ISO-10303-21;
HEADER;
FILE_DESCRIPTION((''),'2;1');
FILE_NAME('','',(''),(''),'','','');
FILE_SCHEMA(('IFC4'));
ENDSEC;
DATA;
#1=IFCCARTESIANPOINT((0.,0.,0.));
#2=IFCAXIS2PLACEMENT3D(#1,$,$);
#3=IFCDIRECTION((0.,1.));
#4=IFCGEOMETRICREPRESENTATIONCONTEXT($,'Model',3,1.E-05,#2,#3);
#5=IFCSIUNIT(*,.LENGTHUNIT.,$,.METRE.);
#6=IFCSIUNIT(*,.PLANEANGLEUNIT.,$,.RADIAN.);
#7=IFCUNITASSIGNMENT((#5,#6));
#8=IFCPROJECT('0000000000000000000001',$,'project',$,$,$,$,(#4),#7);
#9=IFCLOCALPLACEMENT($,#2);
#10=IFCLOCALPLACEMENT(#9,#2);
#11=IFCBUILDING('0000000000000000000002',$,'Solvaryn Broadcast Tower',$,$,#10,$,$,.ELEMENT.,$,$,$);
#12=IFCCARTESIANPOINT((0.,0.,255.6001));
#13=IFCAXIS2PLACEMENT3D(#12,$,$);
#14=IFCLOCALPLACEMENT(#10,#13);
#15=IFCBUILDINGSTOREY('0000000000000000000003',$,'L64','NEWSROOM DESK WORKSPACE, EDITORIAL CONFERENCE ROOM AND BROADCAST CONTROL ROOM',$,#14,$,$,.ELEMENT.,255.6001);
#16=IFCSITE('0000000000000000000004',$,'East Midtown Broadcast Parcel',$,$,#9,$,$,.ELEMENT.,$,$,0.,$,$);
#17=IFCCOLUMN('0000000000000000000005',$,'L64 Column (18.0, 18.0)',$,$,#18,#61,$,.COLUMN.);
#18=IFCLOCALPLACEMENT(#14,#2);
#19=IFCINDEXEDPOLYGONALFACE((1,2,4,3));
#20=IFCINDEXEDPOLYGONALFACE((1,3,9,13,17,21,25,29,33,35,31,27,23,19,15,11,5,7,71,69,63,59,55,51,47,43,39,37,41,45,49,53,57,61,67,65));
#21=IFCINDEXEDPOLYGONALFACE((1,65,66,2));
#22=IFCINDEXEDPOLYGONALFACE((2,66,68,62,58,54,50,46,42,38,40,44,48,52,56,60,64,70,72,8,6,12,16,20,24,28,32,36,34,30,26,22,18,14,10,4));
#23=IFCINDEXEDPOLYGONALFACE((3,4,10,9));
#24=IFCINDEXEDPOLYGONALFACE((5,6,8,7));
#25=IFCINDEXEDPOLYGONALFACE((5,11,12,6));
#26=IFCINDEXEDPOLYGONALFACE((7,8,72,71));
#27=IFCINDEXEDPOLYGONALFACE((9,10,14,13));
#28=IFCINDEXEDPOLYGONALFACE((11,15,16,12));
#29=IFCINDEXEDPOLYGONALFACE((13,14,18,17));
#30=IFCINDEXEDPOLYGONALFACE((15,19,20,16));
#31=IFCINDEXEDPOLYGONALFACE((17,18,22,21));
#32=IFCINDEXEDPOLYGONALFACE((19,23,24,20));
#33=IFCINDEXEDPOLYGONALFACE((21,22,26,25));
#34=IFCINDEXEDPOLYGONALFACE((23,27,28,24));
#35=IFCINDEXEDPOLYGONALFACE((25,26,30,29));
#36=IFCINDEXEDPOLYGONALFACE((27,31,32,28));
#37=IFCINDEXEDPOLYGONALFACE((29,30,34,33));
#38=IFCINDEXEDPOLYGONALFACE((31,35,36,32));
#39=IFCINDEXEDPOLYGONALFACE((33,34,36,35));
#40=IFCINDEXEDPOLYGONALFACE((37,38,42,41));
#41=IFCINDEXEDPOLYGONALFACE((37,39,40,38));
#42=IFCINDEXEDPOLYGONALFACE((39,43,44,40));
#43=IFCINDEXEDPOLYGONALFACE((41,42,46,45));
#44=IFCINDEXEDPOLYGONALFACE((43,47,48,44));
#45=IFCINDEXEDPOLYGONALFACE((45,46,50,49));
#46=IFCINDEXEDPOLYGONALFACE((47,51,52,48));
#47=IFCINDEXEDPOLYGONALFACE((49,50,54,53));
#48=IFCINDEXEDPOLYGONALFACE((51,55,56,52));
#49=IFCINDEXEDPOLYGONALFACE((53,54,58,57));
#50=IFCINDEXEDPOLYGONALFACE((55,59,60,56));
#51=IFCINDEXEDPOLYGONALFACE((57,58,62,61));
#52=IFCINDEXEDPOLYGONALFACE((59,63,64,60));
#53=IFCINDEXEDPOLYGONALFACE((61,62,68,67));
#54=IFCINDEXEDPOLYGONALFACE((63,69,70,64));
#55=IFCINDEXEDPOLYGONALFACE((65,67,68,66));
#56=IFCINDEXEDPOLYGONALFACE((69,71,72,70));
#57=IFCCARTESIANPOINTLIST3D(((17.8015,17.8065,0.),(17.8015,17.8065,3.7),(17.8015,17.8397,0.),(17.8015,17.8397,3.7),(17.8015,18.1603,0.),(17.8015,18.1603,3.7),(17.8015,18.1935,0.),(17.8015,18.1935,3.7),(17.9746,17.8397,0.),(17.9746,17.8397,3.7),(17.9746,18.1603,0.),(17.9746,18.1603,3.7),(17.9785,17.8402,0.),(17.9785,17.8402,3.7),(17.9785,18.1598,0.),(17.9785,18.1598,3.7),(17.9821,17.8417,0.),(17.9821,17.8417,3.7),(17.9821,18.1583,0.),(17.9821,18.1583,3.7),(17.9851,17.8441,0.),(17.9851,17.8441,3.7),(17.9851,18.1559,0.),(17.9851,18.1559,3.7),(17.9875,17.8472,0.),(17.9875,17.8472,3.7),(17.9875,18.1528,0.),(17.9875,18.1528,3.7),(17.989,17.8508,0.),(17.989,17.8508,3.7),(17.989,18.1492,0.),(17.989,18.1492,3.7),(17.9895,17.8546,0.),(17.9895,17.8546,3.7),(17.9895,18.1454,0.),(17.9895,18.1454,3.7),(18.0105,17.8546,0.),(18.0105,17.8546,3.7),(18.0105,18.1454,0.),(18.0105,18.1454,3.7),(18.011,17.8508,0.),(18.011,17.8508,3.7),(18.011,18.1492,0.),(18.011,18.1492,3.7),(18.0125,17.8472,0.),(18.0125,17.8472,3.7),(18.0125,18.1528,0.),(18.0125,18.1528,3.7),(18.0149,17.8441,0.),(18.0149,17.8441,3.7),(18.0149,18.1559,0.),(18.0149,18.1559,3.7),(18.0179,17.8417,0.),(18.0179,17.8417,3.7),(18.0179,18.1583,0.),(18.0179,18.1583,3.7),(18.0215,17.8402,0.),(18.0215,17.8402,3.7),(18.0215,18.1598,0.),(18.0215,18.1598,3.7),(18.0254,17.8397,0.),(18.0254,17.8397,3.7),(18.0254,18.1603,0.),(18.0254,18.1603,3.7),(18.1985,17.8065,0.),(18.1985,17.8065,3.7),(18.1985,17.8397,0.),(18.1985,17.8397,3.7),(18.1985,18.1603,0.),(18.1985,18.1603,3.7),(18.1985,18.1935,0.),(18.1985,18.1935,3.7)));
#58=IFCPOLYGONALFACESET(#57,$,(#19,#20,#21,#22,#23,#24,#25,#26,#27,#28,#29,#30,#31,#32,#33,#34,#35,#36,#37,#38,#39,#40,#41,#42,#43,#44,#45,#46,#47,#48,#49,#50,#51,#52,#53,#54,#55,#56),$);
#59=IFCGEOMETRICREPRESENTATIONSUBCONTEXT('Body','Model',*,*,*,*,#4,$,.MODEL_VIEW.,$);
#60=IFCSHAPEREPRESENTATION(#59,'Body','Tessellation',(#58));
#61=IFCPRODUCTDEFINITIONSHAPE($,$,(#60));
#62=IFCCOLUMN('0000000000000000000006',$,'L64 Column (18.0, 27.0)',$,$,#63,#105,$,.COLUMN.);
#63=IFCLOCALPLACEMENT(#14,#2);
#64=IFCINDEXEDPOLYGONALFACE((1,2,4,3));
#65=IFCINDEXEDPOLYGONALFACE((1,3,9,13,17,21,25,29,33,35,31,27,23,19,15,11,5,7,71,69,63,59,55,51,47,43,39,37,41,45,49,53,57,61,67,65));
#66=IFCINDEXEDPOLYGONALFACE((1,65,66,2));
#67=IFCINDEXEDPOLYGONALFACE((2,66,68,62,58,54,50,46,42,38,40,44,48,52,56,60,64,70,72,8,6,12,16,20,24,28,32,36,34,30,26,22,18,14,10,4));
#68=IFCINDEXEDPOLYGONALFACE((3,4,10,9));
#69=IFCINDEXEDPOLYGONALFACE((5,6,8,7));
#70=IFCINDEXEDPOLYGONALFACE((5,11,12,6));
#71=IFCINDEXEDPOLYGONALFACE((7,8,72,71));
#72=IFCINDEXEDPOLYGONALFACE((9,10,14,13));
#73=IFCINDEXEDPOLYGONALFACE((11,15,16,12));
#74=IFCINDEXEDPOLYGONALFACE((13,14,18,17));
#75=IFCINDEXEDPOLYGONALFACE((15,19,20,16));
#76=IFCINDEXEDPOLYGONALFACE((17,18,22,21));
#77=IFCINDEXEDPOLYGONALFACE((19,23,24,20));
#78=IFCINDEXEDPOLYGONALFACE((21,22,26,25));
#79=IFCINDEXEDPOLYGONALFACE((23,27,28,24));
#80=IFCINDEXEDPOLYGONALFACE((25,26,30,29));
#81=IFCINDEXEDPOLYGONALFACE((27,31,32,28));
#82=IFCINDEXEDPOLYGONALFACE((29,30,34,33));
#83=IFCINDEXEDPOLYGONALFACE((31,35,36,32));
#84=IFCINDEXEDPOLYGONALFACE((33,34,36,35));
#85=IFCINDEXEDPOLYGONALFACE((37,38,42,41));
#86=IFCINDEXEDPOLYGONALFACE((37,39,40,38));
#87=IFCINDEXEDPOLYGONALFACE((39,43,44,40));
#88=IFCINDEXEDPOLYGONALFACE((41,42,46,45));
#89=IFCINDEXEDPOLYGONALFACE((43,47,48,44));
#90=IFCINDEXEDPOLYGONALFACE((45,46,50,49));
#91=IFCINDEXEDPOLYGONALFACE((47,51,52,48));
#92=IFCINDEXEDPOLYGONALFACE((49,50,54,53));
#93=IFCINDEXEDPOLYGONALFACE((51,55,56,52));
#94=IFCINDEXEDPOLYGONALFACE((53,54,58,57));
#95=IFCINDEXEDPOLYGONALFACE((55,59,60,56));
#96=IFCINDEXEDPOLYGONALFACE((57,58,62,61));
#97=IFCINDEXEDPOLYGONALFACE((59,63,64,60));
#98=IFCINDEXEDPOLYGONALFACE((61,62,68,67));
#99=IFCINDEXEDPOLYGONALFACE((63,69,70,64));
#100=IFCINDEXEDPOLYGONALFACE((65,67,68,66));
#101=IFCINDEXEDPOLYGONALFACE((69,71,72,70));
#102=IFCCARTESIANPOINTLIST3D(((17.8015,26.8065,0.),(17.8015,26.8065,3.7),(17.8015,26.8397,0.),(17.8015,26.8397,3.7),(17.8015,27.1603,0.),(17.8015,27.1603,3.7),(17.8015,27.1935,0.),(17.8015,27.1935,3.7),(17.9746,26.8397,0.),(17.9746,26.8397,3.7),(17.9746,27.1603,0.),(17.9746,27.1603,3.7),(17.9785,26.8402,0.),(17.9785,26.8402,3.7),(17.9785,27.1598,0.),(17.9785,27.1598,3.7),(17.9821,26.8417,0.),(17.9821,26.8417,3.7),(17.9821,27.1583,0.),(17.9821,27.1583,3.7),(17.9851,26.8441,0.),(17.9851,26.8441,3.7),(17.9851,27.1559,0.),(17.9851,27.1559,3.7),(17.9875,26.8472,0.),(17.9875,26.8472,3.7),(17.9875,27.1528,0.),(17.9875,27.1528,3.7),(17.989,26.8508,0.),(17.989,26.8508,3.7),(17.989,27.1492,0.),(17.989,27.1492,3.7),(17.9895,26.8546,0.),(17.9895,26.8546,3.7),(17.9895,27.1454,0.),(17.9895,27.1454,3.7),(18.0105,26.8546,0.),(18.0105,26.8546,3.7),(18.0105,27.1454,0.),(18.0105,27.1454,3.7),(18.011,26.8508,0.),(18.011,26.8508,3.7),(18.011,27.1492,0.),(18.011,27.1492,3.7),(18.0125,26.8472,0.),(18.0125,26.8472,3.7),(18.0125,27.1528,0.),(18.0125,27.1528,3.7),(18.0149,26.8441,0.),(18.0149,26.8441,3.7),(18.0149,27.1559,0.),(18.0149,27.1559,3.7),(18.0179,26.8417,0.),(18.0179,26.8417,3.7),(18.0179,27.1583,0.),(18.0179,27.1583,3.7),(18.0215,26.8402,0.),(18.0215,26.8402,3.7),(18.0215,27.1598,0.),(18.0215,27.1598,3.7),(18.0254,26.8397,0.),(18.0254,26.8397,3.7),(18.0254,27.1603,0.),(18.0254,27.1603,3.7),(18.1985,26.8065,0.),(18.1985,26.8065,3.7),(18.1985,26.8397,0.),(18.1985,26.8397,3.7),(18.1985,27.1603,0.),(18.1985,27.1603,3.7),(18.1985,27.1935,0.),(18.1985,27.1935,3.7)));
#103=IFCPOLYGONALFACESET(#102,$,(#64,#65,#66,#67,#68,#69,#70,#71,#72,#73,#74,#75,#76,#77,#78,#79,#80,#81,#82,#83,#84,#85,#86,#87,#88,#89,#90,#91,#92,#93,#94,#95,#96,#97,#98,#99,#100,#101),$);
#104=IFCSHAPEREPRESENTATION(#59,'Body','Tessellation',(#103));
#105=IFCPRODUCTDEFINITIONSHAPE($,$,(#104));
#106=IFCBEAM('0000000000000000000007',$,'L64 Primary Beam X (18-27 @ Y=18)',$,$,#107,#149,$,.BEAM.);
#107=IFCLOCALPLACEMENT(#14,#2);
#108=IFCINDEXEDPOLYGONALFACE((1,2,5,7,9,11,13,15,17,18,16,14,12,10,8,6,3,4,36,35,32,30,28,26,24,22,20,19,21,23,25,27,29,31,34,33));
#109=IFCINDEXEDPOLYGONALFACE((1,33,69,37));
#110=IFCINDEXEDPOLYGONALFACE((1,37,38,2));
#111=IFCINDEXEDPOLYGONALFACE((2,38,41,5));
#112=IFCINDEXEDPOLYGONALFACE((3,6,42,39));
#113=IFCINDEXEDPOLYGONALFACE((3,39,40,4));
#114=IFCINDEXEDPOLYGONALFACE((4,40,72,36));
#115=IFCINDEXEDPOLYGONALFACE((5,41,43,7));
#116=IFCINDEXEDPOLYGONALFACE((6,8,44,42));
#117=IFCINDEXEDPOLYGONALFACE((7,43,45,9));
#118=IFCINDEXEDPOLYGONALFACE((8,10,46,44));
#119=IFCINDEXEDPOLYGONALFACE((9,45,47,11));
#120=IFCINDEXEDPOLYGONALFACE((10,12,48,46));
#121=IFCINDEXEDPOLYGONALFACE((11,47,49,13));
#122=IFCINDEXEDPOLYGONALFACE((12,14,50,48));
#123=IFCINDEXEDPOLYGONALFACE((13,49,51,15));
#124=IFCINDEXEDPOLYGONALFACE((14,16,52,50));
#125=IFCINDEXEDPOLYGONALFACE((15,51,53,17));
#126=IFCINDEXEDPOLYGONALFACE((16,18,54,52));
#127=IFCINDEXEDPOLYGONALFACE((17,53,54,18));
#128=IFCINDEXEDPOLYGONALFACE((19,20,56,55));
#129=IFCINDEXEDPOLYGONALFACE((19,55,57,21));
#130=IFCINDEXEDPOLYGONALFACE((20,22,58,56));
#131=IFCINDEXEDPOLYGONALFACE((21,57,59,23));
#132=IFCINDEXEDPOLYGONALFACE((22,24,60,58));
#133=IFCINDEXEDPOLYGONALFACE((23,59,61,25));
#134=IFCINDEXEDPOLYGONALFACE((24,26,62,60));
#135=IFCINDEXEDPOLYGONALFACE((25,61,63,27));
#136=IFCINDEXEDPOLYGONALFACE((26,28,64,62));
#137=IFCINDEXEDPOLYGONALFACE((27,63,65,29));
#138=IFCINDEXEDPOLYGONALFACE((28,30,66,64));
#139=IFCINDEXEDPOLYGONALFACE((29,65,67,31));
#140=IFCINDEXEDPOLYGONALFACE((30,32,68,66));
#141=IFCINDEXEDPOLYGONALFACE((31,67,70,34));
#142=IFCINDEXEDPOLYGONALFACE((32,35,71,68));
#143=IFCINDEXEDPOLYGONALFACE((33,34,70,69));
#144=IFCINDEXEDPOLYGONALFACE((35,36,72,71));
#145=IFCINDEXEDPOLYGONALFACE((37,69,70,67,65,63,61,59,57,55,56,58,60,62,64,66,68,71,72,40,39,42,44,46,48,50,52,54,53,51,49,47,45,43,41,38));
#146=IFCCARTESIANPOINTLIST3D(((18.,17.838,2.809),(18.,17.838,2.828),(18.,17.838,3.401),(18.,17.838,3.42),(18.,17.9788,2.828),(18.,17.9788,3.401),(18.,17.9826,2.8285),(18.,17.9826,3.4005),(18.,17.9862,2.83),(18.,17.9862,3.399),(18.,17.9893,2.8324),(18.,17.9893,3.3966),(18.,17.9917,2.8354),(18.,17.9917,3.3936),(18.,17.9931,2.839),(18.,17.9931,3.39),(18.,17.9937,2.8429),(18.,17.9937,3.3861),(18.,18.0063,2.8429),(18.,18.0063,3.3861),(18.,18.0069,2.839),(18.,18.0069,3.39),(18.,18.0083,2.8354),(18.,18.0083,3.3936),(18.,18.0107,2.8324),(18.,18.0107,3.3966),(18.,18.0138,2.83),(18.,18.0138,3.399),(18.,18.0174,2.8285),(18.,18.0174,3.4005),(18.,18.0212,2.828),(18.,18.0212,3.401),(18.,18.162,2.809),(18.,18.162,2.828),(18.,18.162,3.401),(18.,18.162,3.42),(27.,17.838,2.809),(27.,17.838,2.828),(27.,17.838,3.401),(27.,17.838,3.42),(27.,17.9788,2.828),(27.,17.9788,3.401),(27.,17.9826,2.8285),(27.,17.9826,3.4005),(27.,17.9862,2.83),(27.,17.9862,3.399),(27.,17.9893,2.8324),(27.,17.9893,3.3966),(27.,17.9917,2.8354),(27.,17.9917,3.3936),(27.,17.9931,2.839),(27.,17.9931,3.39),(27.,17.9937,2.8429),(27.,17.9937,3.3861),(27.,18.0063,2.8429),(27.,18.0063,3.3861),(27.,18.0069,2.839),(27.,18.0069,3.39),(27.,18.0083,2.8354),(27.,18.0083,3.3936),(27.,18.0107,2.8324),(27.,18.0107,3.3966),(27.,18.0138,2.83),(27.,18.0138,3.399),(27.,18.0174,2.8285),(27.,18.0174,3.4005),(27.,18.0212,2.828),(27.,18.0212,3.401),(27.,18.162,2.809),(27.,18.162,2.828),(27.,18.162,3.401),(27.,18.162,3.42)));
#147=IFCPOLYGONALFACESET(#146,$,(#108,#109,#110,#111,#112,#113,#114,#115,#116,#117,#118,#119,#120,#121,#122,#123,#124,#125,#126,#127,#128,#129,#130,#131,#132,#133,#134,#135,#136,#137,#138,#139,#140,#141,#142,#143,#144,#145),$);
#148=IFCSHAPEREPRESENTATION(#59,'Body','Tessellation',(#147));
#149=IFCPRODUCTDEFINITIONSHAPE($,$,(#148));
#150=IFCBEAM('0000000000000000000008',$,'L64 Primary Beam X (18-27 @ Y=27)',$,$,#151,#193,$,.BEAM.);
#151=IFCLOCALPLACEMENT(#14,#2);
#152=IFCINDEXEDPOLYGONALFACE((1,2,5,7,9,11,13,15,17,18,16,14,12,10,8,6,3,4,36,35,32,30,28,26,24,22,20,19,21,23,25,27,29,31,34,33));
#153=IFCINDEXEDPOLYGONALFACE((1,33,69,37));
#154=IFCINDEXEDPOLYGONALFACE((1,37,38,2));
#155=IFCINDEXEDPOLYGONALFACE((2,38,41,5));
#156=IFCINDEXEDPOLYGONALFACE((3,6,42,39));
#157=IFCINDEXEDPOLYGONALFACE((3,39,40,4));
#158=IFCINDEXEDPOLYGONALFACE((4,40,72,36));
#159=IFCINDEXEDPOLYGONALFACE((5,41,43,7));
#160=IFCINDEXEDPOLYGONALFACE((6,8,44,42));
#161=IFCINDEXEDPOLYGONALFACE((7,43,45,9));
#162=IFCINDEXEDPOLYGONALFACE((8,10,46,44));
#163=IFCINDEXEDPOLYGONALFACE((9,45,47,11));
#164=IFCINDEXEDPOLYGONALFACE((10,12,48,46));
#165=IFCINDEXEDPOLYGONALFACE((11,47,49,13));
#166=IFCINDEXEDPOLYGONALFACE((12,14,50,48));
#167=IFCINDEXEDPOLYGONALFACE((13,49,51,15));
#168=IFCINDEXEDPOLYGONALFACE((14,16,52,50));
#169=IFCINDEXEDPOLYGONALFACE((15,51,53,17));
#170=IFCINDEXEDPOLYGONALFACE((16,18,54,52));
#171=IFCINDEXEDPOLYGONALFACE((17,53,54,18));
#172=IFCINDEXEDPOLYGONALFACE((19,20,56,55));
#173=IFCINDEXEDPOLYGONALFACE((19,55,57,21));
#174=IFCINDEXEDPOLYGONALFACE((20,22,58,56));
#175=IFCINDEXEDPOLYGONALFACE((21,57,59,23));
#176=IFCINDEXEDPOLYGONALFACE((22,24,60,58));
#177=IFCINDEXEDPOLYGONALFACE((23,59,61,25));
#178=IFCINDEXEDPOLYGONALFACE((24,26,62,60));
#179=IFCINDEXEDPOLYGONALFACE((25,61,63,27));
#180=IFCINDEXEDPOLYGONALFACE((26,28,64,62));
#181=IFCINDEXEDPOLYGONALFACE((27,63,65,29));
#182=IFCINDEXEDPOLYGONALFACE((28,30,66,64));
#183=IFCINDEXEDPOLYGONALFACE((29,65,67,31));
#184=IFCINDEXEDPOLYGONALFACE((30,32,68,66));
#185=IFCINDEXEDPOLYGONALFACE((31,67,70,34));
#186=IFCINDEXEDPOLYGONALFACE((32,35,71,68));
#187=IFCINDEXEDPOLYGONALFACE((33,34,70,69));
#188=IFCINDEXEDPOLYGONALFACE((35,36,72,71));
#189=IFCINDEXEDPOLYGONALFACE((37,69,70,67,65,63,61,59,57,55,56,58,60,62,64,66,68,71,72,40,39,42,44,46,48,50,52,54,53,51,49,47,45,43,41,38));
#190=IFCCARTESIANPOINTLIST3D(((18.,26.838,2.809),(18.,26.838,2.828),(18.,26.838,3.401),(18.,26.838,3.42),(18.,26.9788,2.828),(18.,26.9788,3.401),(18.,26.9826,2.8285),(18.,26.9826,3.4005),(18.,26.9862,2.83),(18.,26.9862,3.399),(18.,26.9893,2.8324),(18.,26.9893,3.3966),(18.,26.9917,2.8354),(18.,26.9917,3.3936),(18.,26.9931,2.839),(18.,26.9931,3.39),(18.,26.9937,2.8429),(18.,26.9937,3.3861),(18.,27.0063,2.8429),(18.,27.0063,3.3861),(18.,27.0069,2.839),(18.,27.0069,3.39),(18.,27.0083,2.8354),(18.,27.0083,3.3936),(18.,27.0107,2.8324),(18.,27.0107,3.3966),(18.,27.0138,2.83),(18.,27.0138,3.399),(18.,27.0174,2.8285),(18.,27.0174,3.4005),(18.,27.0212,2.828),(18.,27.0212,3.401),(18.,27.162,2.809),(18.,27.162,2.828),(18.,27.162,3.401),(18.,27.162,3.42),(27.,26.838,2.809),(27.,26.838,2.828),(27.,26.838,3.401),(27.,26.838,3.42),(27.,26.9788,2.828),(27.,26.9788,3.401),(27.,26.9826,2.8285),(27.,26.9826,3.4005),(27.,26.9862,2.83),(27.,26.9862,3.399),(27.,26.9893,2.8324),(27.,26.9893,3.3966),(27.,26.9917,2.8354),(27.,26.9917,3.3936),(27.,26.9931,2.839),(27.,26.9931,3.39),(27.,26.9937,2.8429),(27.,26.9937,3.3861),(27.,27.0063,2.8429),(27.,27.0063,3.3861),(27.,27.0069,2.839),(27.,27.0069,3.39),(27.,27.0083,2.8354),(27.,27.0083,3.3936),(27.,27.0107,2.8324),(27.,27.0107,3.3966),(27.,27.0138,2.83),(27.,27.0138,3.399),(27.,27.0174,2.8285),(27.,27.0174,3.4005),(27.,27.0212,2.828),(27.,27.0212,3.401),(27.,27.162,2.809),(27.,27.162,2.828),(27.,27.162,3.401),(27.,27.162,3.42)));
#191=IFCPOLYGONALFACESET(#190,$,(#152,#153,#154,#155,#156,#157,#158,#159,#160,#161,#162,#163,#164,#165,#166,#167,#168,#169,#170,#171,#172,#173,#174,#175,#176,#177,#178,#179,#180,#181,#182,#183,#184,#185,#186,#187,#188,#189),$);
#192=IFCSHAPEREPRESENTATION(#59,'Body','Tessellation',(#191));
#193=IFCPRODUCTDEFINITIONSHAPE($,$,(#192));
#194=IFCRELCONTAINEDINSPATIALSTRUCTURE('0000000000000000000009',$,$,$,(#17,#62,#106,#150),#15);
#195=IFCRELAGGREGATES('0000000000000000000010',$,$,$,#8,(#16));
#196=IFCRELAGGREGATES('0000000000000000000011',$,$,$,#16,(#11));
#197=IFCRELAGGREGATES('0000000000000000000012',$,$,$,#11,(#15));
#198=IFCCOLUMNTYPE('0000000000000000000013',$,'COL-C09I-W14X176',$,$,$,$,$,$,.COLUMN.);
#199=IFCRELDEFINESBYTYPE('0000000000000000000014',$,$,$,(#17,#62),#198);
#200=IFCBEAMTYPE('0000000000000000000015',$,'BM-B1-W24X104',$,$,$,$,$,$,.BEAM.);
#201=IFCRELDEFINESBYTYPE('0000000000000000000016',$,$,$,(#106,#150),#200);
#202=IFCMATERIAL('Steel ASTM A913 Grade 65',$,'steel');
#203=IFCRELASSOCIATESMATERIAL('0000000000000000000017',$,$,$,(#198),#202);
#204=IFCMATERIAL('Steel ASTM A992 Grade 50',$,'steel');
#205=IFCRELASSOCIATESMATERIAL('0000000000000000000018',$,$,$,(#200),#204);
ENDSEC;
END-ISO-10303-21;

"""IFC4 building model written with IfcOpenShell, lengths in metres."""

from ifc_helpers import new_model, si_unit, direction, frame, origin, origin_2d, place, context, subcontext, project, spatial, i_section, extrude, material, material_profile, profile_set, type_object, element, save


model = new_model("IFC4")

# Units and contexts
model_context = context("Model", 3, precision=1e-05, world=origin(), true_north=direction((0.0, 1.0)))
body_context = subcontext(model_context, "Body", "Model", "MODEL_VIEW")
ifc_project = project(units=[si_unit("LENGTHUNIT", "METRE"), si_unit("PLANEANGLEUNIT", "RADIAN")], contexts=[model_context])

# Site, building, storey
site_placement = place(None, origin())
site = spatial("IfcSite", under=ifc_project, at=site_placement, Name="East Midtown Broadcast Parcel", CompositionType="ELEMENT", RefElevation=0.0)
building_placement = place(site_placement, origin())
building = spatial("IfcBuilding", under=site, at=building_placement, Name="Solvaryn Broadcast Tower", CompositionType="ELEMENT")
storey_placement = place(building_placement, frame((0.0, 0.0, 255.6001)))
storey = spatial("IfcBuildingStorey", under=building, at=storey_placement, Name="L64", Description="NEWSROOM DESK WORKSPACE, EDITORIAL CONFERENCE ROOM AND BROADCAST CONTROL ROOM", CompositionType="ELEMENT", Elevation=255.6001)

# Columns
ifc_material_1 = material(Name="Steel ASTM A913 Grade 65", Category="steel")
ifc_material_profile_1 = material_profile(ifc_material_1, i_section(OverallWidth=0.397, OverallDepth=0.387, WebThickness=0.021, FlangeThickness=0.0332, FilletRadius=0.0149, at=origin_2d()))
ifc_profile_set_1 = profile_set([ifc_material_profile_1], Name="Steel ASTM A913 Grade 65")
column_type = type_object("IfcColumnType", Name="COL-C09I-W14X176", PredefinedType="COLUMN", material=ifc_profile_set_1)
for number, where, z_axis, x_axis, name in (
    (1, (18.0, 18.0, 0.0), (0.0, 0.0, 1.0), (1.0, 0.0, 0.0), "L64 Column (18.0, 18.0)"),
    (2, (18.0, 27.0, 0.0), (0.0, 0.0, 1.0), (1.0, 0.0, 0.0), "L64 Column (18.0, 27.0)"),
):
    element("IfcColumn", number, at=place(storey_placement, frame(where, z_axis=z_axis, x_axis=x_axis)), inside=storey, type_object=column_type, Name=name, PredefinedType="COLUMN", context=body_context, shape_type="SweptSolid", body=[
        extrude(i_section(OverallWidth=0.397, OverallDepth=0.387, WebThickness=0.021, FlangeThickness=0.0332, FilletRadius=0.0149, at=origin_2d()), origin(), (0.0, 0.0, 1.0), 3.7),
    ])

# Beams
ifc_material_2 = material(Name="Steel ASTM A992 Grade 50", Category="steel")
ifc_material_profile_2 = material_profile(ifc_material_2, i_section(OverallWidth=0.324, OverallDepth=0.6111, WebThickness=0.0127, FlangeThickness=0.019, FilletRadius=0.0149, at=origin_2d()))
ifc_profile_set_2 = profile_set([ifc_material_profile_2], Name="Steel ASTM A992 Grade 50")
beam_type_1 = type_object("IfcBeamType", Name="BM-B1-W24X104", PredefinedType="BEAM", material=ifc_profile_set_2)
for number, where, z_axis, x_axis, name in (
    (3, (18.0, 18.0, 3.1145), (1.0, 0.0, 0.0), (0.0, 1.0, 0.0), "L64 Primary Beam X (18-27 @ Y=18)"),
    (4, (18.0, 27.0, 3.1145), (1.0, 0.0, 0.0), (0.0, 1.0, 0.0), "L64 Primary Beam X (18-27 @ Y=27)"),
):
    element("IfcBeam", number, at=place(storey_placement, frame(where, z_axis=z_axis, x_axis=x_axis)), inside=storey, type_object=beam_type_1, Name=name, PredefinedType="BEAM", context=body_context, shape_type="SweptSolid", body=[
        extrude(i_section(OverallWidth=0.324, OverallDepth=0.6111, WebThickness=0.0127, FlangeThickness=0.019, FilletRadius=0.0149, at=origin_2d()), origin(), (0.0, 0.0, 1.0), 9.0),
    ])

save(model, "model.ifc")
